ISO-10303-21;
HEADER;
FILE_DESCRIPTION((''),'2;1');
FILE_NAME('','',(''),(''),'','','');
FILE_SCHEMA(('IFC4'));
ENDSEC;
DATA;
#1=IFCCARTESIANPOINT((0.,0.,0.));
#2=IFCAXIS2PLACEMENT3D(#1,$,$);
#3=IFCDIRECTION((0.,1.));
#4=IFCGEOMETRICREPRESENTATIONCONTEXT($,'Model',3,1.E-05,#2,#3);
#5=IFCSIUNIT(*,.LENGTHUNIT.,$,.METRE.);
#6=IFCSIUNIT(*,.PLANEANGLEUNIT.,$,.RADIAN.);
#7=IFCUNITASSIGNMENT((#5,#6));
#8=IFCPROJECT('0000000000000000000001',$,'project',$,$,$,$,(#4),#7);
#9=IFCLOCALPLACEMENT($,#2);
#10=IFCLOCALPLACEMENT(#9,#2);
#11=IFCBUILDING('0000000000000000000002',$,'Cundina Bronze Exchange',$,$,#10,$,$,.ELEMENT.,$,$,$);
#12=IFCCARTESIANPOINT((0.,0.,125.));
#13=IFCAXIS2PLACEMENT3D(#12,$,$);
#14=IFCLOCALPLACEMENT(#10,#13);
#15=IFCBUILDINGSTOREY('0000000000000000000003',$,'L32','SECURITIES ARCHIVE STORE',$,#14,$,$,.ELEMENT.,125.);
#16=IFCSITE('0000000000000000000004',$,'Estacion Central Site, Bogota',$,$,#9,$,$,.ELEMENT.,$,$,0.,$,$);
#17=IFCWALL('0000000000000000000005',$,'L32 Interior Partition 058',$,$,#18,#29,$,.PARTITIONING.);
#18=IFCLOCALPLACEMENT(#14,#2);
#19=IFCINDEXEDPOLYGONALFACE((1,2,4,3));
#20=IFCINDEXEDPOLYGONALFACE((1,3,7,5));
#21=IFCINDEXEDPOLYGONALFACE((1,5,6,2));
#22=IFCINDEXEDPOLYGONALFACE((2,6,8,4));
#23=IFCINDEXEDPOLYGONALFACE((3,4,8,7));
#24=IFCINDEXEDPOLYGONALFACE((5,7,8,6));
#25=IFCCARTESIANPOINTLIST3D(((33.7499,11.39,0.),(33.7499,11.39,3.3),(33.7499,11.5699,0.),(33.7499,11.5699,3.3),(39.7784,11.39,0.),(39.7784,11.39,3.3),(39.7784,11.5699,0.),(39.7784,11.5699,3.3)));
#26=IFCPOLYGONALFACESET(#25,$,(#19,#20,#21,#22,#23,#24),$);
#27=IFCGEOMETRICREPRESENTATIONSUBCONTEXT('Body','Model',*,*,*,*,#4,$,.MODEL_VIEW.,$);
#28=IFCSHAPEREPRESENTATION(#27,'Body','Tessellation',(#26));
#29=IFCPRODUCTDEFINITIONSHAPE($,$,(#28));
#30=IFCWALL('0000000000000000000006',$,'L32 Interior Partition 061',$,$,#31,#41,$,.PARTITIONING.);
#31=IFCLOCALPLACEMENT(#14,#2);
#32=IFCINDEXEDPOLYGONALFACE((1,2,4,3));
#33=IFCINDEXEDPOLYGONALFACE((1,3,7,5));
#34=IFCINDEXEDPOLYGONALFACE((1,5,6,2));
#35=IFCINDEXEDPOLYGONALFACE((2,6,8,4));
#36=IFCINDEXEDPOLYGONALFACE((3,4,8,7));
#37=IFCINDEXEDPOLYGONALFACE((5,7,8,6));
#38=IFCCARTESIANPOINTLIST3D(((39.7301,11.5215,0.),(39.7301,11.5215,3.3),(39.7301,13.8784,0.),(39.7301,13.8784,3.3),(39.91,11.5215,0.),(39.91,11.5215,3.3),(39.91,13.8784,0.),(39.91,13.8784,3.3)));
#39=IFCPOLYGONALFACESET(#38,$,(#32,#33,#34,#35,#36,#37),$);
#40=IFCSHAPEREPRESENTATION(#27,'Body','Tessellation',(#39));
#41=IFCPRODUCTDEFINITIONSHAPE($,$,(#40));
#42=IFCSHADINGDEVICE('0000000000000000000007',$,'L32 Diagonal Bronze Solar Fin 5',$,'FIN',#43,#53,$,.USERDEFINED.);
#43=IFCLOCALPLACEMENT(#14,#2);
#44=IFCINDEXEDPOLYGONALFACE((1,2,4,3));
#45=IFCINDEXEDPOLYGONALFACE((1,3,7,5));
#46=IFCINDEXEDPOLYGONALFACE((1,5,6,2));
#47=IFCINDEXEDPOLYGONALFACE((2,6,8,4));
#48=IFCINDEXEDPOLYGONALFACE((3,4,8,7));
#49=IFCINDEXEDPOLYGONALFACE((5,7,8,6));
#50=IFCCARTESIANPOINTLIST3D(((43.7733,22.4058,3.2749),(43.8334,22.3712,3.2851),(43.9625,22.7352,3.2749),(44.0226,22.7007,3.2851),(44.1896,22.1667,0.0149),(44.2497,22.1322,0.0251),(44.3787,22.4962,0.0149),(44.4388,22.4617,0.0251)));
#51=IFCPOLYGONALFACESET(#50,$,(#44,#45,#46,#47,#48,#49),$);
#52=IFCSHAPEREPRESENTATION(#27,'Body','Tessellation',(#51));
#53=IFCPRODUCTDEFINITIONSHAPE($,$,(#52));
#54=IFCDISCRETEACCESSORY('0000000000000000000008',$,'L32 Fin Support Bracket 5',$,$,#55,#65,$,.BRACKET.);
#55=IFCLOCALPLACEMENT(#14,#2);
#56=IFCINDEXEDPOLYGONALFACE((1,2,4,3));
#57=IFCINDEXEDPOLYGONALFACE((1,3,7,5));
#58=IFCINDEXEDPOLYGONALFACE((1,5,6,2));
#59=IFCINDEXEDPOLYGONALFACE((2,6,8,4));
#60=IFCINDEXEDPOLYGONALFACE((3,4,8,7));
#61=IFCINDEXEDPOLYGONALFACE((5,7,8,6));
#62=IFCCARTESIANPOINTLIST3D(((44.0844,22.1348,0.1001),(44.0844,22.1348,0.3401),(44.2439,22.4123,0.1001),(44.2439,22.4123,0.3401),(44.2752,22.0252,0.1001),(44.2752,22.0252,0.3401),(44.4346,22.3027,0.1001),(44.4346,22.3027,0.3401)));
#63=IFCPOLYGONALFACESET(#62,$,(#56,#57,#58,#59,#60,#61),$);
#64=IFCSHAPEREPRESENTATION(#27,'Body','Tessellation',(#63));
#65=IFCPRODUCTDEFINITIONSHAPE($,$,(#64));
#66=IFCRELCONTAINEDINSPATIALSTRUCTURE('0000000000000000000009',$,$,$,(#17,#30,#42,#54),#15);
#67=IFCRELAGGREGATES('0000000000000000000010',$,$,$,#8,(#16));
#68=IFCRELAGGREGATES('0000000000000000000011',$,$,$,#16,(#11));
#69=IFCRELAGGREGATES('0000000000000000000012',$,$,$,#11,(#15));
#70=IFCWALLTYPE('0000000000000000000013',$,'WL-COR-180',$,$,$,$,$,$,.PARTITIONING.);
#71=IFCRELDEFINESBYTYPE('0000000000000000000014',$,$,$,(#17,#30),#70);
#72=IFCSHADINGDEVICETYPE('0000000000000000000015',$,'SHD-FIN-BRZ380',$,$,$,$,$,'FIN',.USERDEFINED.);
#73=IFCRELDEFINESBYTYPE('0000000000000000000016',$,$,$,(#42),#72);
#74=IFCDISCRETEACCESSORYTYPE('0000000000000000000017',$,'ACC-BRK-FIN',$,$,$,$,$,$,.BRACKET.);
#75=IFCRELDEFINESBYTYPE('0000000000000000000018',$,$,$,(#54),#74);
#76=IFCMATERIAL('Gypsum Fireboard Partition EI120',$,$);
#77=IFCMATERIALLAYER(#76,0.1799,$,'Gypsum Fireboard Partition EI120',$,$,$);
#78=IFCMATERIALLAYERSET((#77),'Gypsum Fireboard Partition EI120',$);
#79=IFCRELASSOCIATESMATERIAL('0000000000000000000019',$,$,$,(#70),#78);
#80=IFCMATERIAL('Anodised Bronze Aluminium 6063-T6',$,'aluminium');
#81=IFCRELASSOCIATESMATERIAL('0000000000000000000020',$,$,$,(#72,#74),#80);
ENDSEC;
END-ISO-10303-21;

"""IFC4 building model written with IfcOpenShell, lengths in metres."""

from ifc_helpers import new_model, si_unit, direction, frame, frame_2d, origin, origin_2d, place, context, subcontext, project, spatial, rectangle, extrude, material, layer, layer_set, material_profile, profile_set, type_object, element, save


model = new_model("IFC4")

# Units and contexts
model_context = context("Model", 3, precision=1e-05, world=origin(), true_north=direction((0.0, 1.0)))
body_context = subcontext(model_context, "Body", "Model", "MODEL_VIEW")
ifc_project = project(units=[si_unit("LENGTHUNIT", "METRE"), si_unit("PLANEANGLEUNIT", "RADIAN")], contexts=[model_context])

# Site, building, storey
site_placement = place(None, origin())
site = spatial("IfcSite", under=ifc_project, at=site_placement, Name="Estacion Central Site, Bogota", CompositionType="ELEMENT", RefElevation=0.0)
building_placement = place(site_placement, origin())
building = spatial("IfcBuilding", under=site, at=building_placement, Name="Cundina Bronze Exchange", CompositionType="ELEMENT")
storey_placement = place(building_placement, frame((0.0, 0.0, 125.0)))
storey = spatial("IfcBuildingStorey", under=building, at=storey_placement, Name="L32", Description="SECURITIES ARCHIVE STORE", CompositionType="ELEMENT", Elevation=125.0)

# Shared definitions
ifc_material_1 = material(Name="Anodised Bronze Aluminium 6063-T6", Category="aluminium")

# Shared definitions
ifc_material_2 = material(Name="Gypsum Fireboard Partition EI120")
ifc_layer_1 = layer(ifc_material_2, 0.1799, Name="Gypsum Fireboard Partition EI120")
ifc_layer_set_1 = layer_set([ifc_layer_1], Name="Gypsum Fireboard Partition EI120")
wall_type = type_object("IfcWallType", Name="WL-COR-180", PredefinedType="PARTITIONING", material=ifc_layer_set_1)

# Walls
wall_1_placement = place(storey_placement, frame((33.75, 11.48, 0.0), z_axis=(0.0, 0.0, 1.0), x_axis=(1.0, 0.0, 0.0)))
element("IfcWall", 1, at=wall_1_placement, inside=storey, type_object=wall_type, Name="L32 Interior Partition 058", PredefinedType="PARTITIONING", context=body_context, shape_type="SweptSolid", body=[
    extrude(rectangle(XDim=6.0286, YDim=0.1799, at=frame_2d((3.0142, 0.0))), origin(), (0.0, 0.0, 1.0), 3.3),
])
wall_2_placement = place(storey_placement, frame((39.8201, 11.5215, 0.0), z_axis=(0.0, 0.0, 1.0), x_axis=(0.0, 1.0, 0.0)))
element("IfcWall", 2, at=wall_2_placement, inside=storey, type_object=wall_type, Name="L32 Interior Partition 061", PredefinedType="PARTITIONING", context=body_context, shape_type="SweptSolid", body=[
    extrude(rectangle(XDim=2.3569, YDim=0.1799, at=frame_2d((1.1785, 0.0))), origin(), (0.0, 0.0, 1.0), 3.3),
])

# Shading device
ifc_material_profile_1 = material_profile(ifc_material_1, rectangle(XDim=0.0701, YDim=0.3799, at=origin_2d()), Name="FIN70X380", Category="aluminium")
ifc_profile_set_1 = profile_set([ifc_material_profile_1], Name="Anodised Bronze Aluminium 6063-T6")
shading_device_type = type_object("IfcShadingDeviceType", Name="SHD-FIN-BRZ380", ElementType="FIN", PredefinedType="USERDEFINED", material=ifc_profile_set_1)
shading_device_placement = place(storey_placement, frame((44.3142, 22.3142, 0.02), z_axis=(-0.126325, 0.072535, 0.989333), x_axis=(0.857958, -0.492634, 0.145668)))
element("IfcShadingDevice", 3, at=shading_device_placement, inside=storey, type_object=shading_device_type, Name="L32 Diagonal Bronze Solar Fin 5", ObjectType="FIN", PredefinedType="USERDEFINED", context=body_context, shape_type="SweptSolid", body=[
    extrude(rectangle(XDim=0.0701, YDim=0.3799, at=origin_2d()), origin(), (0.0, 0.0, 1.0), 3.2952),
])

# Discrete accessory
discrete_accessory_type = type_object("IfcDiscreteAccessoryType", Name="ACC-BRK-FIN", PredefinedType="BRACKET", material=ifc_material_1)
discrete_accessory_placement = place(storey_placement, frame((44.2595, 22.2188, 0.1001), z_axis=(0.0, 0.0, 1.0), x_axis=(-0.867105, 0.498125, 0.0)))
element("IfcDiscreteAccessory", 4, at=discrete_accessory_placement, inside=storey, type_object=discrete_accessory_type, Name="L32 Fin Support Bracket 5", PredefinedType="BRACKET", context=body_context, shape_type="SweptSolid", body=[
    extrude(rectangle(XDim=0.22, YDim=0.3201, at=origin_2d()), origin(), (0.0, 0.0, 1.0), 0.24),
])

save(model, "model.ifc")
